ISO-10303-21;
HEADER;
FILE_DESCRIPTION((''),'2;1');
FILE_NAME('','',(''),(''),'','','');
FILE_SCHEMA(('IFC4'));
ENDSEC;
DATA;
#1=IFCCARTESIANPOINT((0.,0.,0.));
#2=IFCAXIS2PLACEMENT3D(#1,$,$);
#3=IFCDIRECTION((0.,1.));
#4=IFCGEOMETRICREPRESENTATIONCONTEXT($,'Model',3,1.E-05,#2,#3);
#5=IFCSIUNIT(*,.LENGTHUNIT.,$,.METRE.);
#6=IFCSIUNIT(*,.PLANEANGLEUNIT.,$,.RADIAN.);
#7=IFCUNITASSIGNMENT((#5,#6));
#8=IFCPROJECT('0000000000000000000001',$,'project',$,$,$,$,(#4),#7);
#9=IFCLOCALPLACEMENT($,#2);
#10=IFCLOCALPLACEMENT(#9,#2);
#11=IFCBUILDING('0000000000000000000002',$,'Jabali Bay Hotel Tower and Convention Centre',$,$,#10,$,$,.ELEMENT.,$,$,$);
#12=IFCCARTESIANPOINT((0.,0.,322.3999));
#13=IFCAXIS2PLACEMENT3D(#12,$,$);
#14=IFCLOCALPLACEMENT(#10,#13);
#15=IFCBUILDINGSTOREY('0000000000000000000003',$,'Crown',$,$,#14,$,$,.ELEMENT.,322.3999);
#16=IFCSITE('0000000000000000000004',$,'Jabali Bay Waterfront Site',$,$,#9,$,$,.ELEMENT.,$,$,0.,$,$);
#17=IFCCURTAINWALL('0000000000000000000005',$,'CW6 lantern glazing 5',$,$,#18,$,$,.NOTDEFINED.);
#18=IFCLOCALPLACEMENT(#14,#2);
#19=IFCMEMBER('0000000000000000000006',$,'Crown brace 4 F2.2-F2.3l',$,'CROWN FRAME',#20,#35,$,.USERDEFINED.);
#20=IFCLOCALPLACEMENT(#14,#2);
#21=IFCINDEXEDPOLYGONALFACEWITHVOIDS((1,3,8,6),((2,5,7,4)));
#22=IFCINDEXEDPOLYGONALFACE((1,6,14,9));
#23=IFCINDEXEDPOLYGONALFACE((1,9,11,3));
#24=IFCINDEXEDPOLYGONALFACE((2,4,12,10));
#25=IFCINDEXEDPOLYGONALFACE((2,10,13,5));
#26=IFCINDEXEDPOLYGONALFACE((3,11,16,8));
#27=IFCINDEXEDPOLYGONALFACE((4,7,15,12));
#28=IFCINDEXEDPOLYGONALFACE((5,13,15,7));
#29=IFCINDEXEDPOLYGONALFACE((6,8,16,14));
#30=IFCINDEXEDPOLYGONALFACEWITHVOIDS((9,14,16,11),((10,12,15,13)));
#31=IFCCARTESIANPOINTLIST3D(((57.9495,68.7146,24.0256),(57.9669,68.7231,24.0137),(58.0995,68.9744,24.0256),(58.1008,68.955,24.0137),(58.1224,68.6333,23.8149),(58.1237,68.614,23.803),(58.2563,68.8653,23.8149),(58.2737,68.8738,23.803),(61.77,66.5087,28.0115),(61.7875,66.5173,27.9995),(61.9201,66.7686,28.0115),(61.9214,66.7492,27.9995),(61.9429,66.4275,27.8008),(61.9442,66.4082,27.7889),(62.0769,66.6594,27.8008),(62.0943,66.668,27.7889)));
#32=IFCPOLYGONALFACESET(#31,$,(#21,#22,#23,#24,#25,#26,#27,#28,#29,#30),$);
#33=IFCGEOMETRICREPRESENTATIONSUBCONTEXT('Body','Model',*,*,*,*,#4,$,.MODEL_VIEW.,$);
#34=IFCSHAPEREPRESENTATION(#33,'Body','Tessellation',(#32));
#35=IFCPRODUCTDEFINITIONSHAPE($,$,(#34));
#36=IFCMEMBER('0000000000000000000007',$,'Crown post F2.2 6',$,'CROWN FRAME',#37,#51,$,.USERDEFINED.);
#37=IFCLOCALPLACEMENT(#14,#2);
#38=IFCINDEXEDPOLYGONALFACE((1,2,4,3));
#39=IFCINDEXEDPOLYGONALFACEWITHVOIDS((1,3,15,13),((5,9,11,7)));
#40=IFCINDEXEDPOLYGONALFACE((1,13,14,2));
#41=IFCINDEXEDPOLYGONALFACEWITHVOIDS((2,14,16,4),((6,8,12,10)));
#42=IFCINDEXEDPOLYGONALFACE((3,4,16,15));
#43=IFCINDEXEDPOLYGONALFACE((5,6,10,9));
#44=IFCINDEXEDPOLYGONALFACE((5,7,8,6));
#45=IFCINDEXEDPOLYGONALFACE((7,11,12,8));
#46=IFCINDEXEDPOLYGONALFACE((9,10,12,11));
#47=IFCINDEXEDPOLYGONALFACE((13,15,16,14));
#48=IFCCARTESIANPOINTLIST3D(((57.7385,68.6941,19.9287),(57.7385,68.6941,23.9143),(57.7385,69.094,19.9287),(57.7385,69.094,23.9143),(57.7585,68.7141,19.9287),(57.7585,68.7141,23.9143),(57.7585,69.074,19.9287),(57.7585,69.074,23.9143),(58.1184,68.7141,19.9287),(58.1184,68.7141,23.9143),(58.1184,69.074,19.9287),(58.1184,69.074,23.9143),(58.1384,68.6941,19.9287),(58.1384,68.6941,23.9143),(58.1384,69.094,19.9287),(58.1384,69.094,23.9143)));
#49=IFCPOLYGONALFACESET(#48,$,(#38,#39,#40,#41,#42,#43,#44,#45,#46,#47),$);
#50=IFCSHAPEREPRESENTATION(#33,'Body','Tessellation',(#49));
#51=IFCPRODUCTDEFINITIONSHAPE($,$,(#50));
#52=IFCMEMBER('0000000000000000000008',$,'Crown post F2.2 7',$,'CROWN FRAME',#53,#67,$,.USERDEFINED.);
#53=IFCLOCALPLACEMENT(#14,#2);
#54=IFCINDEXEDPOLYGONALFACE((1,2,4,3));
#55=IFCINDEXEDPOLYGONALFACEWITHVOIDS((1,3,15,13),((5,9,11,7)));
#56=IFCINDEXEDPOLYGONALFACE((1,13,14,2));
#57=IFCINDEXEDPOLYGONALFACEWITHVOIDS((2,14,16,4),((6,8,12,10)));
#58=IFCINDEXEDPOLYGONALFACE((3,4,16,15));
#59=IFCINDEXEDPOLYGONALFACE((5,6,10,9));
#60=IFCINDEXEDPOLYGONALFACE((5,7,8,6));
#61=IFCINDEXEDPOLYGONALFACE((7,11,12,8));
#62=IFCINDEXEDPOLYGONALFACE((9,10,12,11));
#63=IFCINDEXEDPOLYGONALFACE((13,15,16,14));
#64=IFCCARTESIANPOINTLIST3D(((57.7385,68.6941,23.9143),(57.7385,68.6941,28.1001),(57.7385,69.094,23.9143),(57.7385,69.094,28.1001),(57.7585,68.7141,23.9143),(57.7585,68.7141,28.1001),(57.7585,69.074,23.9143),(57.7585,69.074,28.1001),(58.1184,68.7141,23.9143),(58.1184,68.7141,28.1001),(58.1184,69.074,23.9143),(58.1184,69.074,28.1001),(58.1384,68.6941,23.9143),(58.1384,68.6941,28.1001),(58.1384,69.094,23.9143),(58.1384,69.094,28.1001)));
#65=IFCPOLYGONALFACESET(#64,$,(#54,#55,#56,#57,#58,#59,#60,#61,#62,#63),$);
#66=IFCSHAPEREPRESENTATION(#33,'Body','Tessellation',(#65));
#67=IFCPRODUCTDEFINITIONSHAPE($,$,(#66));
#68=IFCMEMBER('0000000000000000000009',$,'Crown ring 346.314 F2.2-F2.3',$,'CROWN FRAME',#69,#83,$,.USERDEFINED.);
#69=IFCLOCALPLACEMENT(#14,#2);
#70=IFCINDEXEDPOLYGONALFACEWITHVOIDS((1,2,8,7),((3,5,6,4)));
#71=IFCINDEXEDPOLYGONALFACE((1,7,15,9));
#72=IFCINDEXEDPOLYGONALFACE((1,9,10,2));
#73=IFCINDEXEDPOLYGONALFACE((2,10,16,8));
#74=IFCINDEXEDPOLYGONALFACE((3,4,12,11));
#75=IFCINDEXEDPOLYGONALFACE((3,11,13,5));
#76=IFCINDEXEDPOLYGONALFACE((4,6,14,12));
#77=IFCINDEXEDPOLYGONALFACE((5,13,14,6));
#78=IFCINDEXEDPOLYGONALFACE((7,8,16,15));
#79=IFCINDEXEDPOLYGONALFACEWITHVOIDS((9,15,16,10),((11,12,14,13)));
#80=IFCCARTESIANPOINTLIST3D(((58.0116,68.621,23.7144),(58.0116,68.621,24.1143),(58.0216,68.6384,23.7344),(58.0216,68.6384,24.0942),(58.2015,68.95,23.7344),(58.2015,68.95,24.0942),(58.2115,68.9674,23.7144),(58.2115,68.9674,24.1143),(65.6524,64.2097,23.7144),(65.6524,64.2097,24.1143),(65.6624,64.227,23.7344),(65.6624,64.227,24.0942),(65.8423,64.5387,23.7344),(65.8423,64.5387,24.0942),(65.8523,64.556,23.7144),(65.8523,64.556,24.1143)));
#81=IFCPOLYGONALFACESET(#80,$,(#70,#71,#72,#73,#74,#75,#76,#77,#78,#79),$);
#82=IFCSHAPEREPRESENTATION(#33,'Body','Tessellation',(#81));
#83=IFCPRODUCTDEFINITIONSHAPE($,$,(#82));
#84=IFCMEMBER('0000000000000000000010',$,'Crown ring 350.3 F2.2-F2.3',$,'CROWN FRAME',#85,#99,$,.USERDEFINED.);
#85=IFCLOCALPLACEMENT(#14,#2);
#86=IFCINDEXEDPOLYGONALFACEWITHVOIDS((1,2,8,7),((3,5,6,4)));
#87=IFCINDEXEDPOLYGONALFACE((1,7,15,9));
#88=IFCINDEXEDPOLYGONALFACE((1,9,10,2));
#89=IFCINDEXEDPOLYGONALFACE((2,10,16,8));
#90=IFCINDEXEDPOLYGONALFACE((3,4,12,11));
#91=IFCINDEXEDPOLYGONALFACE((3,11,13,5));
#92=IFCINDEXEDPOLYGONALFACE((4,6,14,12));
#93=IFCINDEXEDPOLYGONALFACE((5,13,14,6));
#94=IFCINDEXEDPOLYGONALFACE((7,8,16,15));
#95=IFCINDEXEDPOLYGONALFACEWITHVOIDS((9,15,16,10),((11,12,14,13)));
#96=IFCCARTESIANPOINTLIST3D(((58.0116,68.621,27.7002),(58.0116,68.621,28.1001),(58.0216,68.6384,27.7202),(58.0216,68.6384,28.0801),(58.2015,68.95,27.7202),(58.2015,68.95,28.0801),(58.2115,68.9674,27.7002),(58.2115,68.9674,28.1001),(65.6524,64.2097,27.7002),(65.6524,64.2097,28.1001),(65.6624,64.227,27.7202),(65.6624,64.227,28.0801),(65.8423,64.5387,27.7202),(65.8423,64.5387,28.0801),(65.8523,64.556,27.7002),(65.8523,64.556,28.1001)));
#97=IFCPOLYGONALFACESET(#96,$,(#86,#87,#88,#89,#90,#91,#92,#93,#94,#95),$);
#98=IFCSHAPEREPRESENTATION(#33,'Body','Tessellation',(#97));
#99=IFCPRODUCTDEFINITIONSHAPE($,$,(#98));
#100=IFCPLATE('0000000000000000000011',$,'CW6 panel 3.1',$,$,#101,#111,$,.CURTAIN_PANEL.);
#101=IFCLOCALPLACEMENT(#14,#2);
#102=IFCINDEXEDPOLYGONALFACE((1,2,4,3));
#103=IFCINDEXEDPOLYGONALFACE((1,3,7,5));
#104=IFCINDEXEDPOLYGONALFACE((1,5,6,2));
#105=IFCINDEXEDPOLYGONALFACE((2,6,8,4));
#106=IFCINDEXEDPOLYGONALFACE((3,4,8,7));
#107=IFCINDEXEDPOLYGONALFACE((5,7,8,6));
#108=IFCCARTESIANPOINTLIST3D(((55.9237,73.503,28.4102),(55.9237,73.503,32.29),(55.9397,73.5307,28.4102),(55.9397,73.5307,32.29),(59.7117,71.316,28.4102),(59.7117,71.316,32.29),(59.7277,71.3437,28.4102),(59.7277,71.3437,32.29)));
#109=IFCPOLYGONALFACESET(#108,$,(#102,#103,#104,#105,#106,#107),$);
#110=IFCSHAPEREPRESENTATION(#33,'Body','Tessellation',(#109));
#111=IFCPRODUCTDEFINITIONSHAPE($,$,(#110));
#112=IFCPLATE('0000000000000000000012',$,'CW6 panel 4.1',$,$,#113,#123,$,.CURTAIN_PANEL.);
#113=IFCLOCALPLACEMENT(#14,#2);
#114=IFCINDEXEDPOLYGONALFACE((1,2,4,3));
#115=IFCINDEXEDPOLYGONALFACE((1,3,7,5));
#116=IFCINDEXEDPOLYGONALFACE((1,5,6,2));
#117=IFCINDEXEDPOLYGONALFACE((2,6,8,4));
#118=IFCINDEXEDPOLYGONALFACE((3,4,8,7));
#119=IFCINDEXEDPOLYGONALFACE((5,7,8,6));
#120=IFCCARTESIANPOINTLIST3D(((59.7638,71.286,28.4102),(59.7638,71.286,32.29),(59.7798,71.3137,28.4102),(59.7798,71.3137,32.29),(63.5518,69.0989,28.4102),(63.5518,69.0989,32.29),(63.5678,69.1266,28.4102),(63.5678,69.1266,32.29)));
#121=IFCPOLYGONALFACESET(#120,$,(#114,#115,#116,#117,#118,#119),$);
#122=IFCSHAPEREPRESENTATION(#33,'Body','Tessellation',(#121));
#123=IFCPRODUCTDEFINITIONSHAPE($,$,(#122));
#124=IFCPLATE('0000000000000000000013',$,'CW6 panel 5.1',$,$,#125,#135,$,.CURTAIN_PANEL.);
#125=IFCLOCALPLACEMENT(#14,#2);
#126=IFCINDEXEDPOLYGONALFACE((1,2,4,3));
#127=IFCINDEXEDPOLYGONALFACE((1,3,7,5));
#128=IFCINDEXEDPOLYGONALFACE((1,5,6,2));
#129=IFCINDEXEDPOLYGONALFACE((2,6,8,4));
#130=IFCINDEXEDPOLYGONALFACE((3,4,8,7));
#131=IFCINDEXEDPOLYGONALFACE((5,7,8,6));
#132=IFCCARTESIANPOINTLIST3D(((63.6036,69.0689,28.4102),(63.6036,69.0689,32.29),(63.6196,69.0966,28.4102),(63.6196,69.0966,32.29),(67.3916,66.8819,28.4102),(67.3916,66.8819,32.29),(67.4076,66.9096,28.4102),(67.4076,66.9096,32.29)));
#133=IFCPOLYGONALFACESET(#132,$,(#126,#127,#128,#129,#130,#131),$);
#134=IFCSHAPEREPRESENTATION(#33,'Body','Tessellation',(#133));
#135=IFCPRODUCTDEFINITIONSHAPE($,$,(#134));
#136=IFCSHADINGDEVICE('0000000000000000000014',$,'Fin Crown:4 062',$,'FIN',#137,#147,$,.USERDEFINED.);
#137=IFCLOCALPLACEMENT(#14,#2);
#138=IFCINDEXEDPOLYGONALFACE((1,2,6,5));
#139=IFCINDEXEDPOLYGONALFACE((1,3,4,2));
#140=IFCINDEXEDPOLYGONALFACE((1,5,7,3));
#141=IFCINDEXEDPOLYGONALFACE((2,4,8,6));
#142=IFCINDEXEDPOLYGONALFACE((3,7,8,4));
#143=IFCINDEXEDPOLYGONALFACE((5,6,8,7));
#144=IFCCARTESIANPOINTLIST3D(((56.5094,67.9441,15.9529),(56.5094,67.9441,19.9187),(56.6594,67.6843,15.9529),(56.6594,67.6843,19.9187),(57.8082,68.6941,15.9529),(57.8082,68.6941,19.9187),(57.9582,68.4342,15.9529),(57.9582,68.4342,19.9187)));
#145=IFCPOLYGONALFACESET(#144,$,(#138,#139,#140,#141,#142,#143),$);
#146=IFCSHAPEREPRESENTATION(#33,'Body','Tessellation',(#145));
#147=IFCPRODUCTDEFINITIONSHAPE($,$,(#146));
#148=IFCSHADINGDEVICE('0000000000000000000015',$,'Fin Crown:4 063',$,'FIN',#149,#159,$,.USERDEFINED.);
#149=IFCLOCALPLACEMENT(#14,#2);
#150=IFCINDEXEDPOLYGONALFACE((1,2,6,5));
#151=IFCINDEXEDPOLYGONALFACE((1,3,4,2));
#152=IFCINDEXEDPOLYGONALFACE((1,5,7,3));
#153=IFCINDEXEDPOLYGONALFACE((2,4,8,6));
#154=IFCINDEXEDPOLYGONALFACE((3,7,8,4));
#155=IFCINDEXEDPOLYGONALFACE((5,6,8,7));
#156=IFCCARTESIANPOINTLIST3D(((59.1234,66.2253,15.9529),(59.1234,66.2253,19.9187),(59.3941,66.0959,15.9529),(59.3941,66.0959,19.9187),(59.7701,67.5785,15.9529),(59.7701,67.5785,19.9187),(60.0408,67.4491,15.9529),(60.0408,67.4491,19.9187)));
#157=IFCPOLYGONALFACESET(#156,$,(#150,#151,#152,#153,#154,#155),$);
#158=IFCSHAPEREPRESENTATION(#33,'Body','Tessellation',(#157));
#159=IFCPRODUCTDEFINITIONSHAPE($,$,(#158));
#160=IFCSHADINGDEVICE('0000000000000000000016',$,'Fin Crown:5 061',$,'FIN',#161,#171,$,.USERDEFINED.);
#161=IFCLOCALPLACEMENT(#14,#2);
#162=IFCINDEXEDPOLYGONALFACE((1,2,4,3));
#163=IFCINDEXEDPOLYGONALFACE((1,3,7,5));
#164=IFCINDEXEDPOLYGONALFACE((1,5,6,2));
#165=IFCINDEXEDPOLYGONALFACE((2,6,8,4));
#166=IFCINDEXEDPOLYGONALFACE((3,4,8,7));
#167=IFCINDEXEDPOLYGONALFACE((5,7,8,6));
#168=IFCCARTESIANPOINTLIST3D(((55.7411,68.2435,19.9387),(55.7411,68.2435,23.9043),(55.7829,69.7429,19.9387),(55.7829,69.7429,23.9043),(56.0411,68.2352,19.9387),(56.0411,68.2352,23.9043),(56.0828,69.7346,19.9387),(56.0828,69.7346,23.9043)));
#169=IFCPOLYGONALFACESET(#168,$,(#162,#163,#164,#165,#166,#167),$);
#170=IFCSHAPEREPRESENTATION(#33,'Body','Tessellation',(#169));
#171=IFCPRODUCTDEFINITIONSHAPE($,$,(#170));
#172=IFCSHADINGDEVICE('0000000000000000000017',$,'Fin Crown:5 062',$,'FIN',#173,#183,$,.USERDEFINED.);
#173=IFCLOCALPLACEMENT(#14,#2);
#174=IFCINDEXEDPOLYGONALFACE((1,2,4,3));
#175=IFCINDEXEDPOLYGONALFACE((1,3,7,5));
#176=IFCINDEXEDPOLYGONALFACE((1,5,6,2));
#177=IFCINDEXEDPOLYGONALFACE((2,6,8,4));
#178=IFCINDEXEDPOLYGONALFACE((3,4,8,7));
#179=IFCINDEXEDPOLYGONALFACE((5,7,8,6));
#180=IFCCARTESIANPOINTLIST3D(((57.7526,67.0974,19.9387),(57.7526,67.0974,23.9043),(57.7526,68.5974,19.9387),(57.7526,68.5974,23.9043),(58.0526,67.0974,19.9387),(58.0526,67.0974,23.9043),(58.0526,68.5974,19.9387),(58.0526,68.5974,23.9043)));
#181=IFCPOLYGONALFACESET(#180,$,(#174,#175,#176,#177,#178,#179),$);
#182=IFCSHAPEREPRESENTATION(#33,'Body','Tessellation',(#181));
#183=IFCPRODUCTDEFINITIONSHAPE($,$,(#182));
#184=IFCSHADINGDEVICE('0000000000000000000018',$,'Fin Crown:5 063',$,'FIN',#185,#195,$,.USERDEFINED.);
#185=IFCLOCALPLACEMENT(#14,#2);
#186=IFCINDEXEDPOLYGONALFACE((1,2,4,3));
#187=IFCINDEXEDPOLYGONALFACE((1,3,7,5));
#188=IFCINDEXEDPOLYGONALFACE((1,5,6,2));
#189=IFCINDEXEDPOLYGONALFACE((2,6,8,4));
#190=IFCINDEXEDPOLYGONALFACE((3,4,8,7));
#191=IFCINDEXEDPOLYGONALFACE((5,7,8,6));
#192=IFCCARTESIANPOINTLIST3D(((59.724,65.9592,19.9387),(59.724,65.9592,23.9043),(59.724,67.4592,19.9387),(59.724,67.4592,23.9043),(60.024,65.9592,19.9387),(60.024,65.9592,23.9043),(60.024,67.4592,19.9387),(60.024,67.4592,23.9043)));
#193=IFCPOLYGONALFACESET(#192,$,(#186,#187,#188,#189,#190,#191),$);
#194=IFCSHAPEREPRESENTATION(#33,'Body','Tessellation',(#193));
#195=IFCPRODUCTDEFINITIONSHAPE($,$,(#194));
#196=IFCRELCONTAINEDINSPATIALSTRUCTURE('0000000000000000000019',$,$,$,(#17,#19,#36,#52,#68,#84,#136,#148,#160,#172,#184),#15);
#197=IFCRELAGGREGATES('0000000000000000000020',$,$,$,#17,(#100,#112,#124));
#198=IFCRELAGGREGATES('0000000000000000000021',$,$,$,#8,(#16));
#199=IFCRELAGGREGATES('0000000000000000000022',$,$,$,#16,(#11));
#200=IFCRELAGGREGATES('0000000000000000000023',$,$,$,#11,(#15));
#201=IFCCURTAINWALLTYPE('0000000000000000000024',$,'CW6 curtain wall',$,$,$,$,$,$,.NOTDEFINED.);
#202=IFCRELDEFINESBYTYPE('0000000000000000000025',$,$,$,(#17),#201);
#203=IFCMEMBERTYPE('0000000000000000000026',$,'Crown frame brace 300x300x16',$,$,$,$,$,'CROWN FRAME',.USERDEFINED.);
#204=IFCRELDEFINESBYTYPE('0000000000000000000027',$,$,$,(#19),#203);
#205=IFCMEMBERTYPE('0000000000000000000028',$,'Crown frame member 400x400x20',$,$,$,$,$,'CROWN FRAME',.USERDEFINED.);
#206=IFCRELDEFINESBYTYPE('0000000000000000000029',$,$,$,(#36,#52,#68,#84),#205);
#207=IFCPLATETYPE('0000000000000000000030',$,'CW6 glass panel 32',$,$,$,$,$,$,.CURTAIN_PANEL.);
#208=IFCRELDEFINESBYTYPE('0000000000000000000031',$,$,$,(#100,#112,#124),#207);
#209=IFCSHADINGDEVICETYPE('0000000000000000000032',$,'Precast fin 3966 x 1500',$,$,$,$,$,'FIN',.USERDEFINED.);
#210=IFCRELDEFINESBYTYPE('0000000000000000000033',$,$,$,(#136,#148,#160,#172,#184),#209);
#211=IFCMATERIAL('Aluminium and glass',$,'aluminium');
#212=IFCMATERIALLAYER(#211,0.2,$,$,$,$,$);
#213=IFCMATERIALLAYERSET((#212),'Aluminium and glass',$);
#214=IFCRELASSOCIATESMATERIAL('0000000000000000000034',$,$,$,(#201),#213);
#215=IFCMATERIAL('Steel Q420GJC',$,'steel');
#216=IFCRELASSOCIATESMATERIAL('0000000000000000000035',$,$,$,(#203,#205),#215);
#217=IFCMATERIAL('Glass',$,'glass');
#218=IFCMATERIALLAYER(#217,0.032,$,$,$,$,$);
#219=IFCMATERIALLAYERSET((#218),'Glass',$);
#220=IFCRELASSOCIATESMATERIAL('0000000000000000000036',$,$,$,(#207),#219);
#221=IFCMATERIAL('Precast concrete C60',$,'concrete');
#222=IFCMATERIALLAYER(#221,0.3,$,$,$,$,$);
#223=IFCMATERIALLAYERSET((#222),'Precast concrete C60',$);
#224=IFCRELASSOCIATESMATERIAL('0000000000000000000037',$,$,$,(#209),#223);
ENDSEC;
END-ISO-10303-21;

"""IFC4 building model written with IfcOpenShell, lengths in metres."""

from ifc_helpers import new_model, si_unit, direction, frame, frame_2d, origin, origin_2d, place, context, subcontext, project, spatial, rectangle, hollow_rectangle, extrude, material, layer, layer_set, material_profile, profile_set, type_object, element, aggregate, save


model = new_model("IFC4")

# Units and contexts
model_context = context("Model", 3, precision=1e-05, world=origin(), true_north=direction((0.0, 1.0)))
body_context = subcontext(model_context, "Body", "Model", "MODEL_VIEW")
ifc_project = project(units=[si_unit("LENGTHUNIT", "METRE"), si_unit("PLANEANGLEUNIT", "RADIAN")], contexts=[model_context])

# Site, building, storey
site_placement = place(None, origin())
site = spatial("IfcSite", under=ifc_project, at=site_placement, Name="Jabali Bay Waterfront Site", CompositionType="ELEMENT", RefElevation=0.0)
building_placement = place(site_placement, origin())
building = spatial("IfcBuilding", under=site, at=building_placement, Name="Jabali Bay Hotel Tower and Convention Centre", CompositionType="ELEMENT")
storey_placement = place(building_placement, frame((0.0, 0.0, 322.3999)))
storey = spatial("IfcBuildingStorey", under=building, at=storey_placement, Name="Crown", CompositionType="ELEMENT", Elevation=322.3999)

# Curtain wall
ifc_material_1 = material(Name="Aluminium and glass", Category="aluminium")
ifc_layer_1 = layer(ifc_material_1, 0.2)
ifc_layer_set_1 = layer_set([ifc_layer_1], Name="Aluminium and glass")
curtain_wall_type = type_object("IfcCurtainWallType", Name="CW6 curtain wall", PredefinedType="NOTDEFINED", material=ifc_layer_set_1)
curtain_wall_placement = place(storey_placement, origin())
curtain_wall = element("IfcCurtainWall", 1, at=curtain_wall_placement, inside=storey, type_object=curtain_wall_type, Name="CW6 lantern glazing 5", PredefinedType="NOTDEFINED")

# Members
ifc_material_2 = material(Name="Steel Q420GJC", Category="steel")
ifc_material_profile_1 = material_profile(ifc_material_2, hollow_rectangle(XDim=0.3, YDim=0.3, WallThickness=0.0161, at=origin_2d()), Name="Crown frame brace 300x300x16")
ifc_profile_set_1 = profile_set([ifc_material_profile_1], Name="Steel Q420GJC")
member_type_1 = type_object("IfcMemberType", Name="Crown frame brace 300x300x16", ElementType="CROWN FRAME", PredefinedType="USERDEFINED", material=ifc_profile_set_1)
member_1_placement = place(storey_placement, frame((58.1116, 68.7942, 23.9143), z_axis=(0.642595, -0.371004, 0.670394), x_axis=(0.500002, 0.866024, 0.0)))
element("IfcMember", 2, at=member_1_placement, inside=storey, type_object=member_type_1, Name="Crown brace 4 F2.2-F2.3l", ObjectType="CROWN FRAME", PredefinedType="USERDEFINED", context=body_context, shape_type="SweptSolid", body=[
    extrude(hollow_rectangle(XDim=0.3, YDim=0.3, WallThickness=0.0161, at=origin_2d()), origin(), (0.0, 0.0, 1.0), 5.9456),
])
ifc_material_profile_2 = material_profile(ifc_material_2, hollow_rectangle(XDim=0.3999, YDim=0.3999, WallThickness=0.02, at=origin_2d()), Name="Crown frame member 400x400x20")
ifc_profile_set_2 = profile_set([ifc_material_profile_2], Name="Steel Q420GJC")
member_type_2 = type_object("IfcMemberType", Name="Crown frame member 400x400x20", ElementType="CROWN FRAME", PredefinedType="USERDEFINED", material=ifc_profile_set_2)
member_2_placement = place(storey_placement, frame((57.9385, 68.894, 19.9287), z_axis=(0.0, 0.0, 1.0), x_axis=(1.0, 0.0, 0.0)))
element("IfcMember", 3, at=member_2_placement, inside=storey, type_object=member_type_2, Name="Crown post F2.2 6", ObjectType="CROWN FRAME", PredefinedType="USERDEFINED", context=body_context, shape_type="SweptSolid", body=[
    extrude(hollow_rectangle(XDim=0.3999, YDim=0.3999, WallThickness=0.02, at=origin_2d()), origin(), (0.0, 0.0, 1.0), 3.9856),
])
member_3_placement = place(storey_placement, frame((57.9385, 68.894, 23.9143), z_axis=(0.0, 0.0, 1.0), x_axis=(1.0, 0.0, 0.0)))
element("IfcMember", 4, at=member_3_placement, inside=storey, type_object=member_type_2, Name="Crown post F2.2 7", ObjectType="CROWN FRAME", PredefinedType="USERDEFINED", context=body_context, shape_type="SweptSolid", body=[
    extrude(hollow_rectangle(XDim=0.3999, YDim=0.3999, WallThickness=0.02, at=origin_2d()), origin(), (0.0, 0.0, 1.0), 4.1858),
])
for number, where, z_axis, x_axis, name in (
    (5, (58.1116, 68.7942, 23.9143), (0.866029, -0.499993, 0.0), (0.499993, 0.866029, 0.0), "Crown ring 346.314 F2.2-F2.3"),
    (6, (58.1116, 68.7942, 27.9001), (0.866029, -0.499993, 0.0), (0.499993, 0.866029, 0.0), "Crown ring 350.3 F2.2-F2.3"),
):
    element("IfcMember", number, at=place(storey_placement, frame(where, z_axis=z_axis, x_axis=x_axis)), inside=storey, type_object=member_type_2, Name=name, ObjectType="CROWN FRAME", PredefinedType="USERDEFINED", context=body_context, shape_type="SweptSolid", body=[
        extrude(hollow_rectangle(XDim=0.3999, YDim=0.3999, WallThickness=0.02, at=origin_2d()), origin(), (0.0, 0.0, 1.0), 8.8228),
    ])

# Plates
ifc_material_3 = material(Name="Glass", Category="glass")
ifc_layer_2 = layer(ifc_material_3, 0.032)
ifc_layer_set_2 = layer_set([ifc_layer_2], Name="Glass")
plate_type = type_object("IfcPlateType", Name="CW6 glass panel 32", PredefinedType="CURTAIN_PANEL", material=ifc_layer_set_2)
plate_1_placement = place(storey_placement, frame((57.8257, 72.4233, 28.4102), z_axis=(0.0, 0.0, 1.0), x_axis=(0.866025, -0.5, 0.0)))
plate_1 = element("IfcPlate", 7, at=plate_1_placement, type_object=plate_type, Name="CW6 panel 3.1", PredefinedType="CURTAIN_PANEL", context=body_context, shape_type="SweptSolid", body=[
    extrude(rectangle(XDim=4.374, YDim=0.032, at=origin_2d()), origin(), (0.0, 0.0, 1.0), 3.8799),
])
plate_2_placement = place(storey_placement, frame((61.6658, 70.2063, 28.4102), z_axis=(0.0, 0.0, 1.0), x_axis=(0.866025, -0.5, 0.0)))
plate_2 = element("IfcPlate", 8, at=plate_2_placement, type_object=plate_type, Name="CW6 panel 4.1", PredefinedType="CURTAIN_PANEL", context=body_context, shape_type="SweptSolid", body=[
    extrude(rectangle(XDim=4.374, YDim=0.032, at=origin_2d()), origin(), (0.0, 0.0, 1.0), 3.8799),
])
plate_3_placement = place(storey_placement, frame((65.5056, 67.9893, 28.4102), z_axis=(0.0, 0.0, 1.0), x_axis=(0.866025, -0.5, 0.0)))
plate_3 = element("IfcPlate", 9, at=plate_3_placement, type_object=plate_type, Name="CW6 panel 5.1", PredefinedType="CURTAIN_PANEL", context=body_context, shape_type="SweptSolid", body=[
    extrude(rectangle(XDim=4.374, YDim=0.032, at=origin_2d()), origin(), (0.0, 0.0, 1.0), 3.8799),
])
aggregate(curtain_wall, [plate_1, plate_2, plate_3])

# Shading devices
ifc_material_4 = material(Name="Precast concrete C60", Category="concrete")
ifc_layer_3 = layer(ifc_material_4, 0.3)
ifc_layer_set_3 = layer_set([ifc_layer_3], Name="Precast concrete C60")
shading_device_type = type_object("IfcShadingDeviceType", Name="Precast fin 3966 x 1500", ElementType="FIN", PredefinedType="USERDEFINED", material=ifc_layer_set_3)
for number, where, z_axis, x_axis, name in (
    (10, (57.8833, 68.5642, 15.9529), (0.0, 0.0, 1.0), (-0.86599, -0.500061, 0.0), "Fin Crown:4 062"),
    (11, (59.9055, 67.5139, 15.9529), (0.0, 0.0, 1.0), (-0.431191, -0.902261, 0.0), "Fin Crown:4 063"),
):
    element("IfcShadingDevice", number, at=place(storey_placement, frame(where, z_axis=z_axis, x_axis=x_axis)), inside=storey, type_object=shading_device_type, Name=name, ObjectType="FIN", PredefinedType="USERDEFINED", context=body_context, shape_type="SweptSolid", body=[
        extrude(rectangle(XDim=1.4998, YDim=0.3, at=frame_2d((0.75, 0.0))), origin(), (0.0, 0.0, 1.0), 3.9658),
    ])
for number, where, z_axis, x_axis, name in (
    (12, (55.9329, 69.7388, 19.9387), (0.0, 0.0, 1.0), (-0.02783, -0.999613, 0.0), "Fin Crown:5 061"),
    (13, (57.9026, 68.5974, 19.9387), (0.0, 0.0, 1.0), (0.0, -1.0, 0.0), "Fin Crown:5 062"),
    (14, (59.874, 67.4592, 19.9387), (0.0, 0.0, 1.0), (0.0, -1.0, 0.0), "Fin Crown:5 063"),
):
    element("IfcShadingDevice", number, at=place(storey_placement, frame(where, z_axis=z_axis, x_axis=x_axis)), inside=storey, type_object=shading_device_type, Name=name, ObjectType="FIN", PredefinedType="USERDEFINED", context=body_context, shape_type="SweptSolid", body=[
        extrude(rectangle(XDim=1.5, YDim=0.3, at=frame_2d((0.75, 0.0))), origin(), (0.0, 0.0, 1.0), 3.9656),
    ])

save(model, "model.ifc")
